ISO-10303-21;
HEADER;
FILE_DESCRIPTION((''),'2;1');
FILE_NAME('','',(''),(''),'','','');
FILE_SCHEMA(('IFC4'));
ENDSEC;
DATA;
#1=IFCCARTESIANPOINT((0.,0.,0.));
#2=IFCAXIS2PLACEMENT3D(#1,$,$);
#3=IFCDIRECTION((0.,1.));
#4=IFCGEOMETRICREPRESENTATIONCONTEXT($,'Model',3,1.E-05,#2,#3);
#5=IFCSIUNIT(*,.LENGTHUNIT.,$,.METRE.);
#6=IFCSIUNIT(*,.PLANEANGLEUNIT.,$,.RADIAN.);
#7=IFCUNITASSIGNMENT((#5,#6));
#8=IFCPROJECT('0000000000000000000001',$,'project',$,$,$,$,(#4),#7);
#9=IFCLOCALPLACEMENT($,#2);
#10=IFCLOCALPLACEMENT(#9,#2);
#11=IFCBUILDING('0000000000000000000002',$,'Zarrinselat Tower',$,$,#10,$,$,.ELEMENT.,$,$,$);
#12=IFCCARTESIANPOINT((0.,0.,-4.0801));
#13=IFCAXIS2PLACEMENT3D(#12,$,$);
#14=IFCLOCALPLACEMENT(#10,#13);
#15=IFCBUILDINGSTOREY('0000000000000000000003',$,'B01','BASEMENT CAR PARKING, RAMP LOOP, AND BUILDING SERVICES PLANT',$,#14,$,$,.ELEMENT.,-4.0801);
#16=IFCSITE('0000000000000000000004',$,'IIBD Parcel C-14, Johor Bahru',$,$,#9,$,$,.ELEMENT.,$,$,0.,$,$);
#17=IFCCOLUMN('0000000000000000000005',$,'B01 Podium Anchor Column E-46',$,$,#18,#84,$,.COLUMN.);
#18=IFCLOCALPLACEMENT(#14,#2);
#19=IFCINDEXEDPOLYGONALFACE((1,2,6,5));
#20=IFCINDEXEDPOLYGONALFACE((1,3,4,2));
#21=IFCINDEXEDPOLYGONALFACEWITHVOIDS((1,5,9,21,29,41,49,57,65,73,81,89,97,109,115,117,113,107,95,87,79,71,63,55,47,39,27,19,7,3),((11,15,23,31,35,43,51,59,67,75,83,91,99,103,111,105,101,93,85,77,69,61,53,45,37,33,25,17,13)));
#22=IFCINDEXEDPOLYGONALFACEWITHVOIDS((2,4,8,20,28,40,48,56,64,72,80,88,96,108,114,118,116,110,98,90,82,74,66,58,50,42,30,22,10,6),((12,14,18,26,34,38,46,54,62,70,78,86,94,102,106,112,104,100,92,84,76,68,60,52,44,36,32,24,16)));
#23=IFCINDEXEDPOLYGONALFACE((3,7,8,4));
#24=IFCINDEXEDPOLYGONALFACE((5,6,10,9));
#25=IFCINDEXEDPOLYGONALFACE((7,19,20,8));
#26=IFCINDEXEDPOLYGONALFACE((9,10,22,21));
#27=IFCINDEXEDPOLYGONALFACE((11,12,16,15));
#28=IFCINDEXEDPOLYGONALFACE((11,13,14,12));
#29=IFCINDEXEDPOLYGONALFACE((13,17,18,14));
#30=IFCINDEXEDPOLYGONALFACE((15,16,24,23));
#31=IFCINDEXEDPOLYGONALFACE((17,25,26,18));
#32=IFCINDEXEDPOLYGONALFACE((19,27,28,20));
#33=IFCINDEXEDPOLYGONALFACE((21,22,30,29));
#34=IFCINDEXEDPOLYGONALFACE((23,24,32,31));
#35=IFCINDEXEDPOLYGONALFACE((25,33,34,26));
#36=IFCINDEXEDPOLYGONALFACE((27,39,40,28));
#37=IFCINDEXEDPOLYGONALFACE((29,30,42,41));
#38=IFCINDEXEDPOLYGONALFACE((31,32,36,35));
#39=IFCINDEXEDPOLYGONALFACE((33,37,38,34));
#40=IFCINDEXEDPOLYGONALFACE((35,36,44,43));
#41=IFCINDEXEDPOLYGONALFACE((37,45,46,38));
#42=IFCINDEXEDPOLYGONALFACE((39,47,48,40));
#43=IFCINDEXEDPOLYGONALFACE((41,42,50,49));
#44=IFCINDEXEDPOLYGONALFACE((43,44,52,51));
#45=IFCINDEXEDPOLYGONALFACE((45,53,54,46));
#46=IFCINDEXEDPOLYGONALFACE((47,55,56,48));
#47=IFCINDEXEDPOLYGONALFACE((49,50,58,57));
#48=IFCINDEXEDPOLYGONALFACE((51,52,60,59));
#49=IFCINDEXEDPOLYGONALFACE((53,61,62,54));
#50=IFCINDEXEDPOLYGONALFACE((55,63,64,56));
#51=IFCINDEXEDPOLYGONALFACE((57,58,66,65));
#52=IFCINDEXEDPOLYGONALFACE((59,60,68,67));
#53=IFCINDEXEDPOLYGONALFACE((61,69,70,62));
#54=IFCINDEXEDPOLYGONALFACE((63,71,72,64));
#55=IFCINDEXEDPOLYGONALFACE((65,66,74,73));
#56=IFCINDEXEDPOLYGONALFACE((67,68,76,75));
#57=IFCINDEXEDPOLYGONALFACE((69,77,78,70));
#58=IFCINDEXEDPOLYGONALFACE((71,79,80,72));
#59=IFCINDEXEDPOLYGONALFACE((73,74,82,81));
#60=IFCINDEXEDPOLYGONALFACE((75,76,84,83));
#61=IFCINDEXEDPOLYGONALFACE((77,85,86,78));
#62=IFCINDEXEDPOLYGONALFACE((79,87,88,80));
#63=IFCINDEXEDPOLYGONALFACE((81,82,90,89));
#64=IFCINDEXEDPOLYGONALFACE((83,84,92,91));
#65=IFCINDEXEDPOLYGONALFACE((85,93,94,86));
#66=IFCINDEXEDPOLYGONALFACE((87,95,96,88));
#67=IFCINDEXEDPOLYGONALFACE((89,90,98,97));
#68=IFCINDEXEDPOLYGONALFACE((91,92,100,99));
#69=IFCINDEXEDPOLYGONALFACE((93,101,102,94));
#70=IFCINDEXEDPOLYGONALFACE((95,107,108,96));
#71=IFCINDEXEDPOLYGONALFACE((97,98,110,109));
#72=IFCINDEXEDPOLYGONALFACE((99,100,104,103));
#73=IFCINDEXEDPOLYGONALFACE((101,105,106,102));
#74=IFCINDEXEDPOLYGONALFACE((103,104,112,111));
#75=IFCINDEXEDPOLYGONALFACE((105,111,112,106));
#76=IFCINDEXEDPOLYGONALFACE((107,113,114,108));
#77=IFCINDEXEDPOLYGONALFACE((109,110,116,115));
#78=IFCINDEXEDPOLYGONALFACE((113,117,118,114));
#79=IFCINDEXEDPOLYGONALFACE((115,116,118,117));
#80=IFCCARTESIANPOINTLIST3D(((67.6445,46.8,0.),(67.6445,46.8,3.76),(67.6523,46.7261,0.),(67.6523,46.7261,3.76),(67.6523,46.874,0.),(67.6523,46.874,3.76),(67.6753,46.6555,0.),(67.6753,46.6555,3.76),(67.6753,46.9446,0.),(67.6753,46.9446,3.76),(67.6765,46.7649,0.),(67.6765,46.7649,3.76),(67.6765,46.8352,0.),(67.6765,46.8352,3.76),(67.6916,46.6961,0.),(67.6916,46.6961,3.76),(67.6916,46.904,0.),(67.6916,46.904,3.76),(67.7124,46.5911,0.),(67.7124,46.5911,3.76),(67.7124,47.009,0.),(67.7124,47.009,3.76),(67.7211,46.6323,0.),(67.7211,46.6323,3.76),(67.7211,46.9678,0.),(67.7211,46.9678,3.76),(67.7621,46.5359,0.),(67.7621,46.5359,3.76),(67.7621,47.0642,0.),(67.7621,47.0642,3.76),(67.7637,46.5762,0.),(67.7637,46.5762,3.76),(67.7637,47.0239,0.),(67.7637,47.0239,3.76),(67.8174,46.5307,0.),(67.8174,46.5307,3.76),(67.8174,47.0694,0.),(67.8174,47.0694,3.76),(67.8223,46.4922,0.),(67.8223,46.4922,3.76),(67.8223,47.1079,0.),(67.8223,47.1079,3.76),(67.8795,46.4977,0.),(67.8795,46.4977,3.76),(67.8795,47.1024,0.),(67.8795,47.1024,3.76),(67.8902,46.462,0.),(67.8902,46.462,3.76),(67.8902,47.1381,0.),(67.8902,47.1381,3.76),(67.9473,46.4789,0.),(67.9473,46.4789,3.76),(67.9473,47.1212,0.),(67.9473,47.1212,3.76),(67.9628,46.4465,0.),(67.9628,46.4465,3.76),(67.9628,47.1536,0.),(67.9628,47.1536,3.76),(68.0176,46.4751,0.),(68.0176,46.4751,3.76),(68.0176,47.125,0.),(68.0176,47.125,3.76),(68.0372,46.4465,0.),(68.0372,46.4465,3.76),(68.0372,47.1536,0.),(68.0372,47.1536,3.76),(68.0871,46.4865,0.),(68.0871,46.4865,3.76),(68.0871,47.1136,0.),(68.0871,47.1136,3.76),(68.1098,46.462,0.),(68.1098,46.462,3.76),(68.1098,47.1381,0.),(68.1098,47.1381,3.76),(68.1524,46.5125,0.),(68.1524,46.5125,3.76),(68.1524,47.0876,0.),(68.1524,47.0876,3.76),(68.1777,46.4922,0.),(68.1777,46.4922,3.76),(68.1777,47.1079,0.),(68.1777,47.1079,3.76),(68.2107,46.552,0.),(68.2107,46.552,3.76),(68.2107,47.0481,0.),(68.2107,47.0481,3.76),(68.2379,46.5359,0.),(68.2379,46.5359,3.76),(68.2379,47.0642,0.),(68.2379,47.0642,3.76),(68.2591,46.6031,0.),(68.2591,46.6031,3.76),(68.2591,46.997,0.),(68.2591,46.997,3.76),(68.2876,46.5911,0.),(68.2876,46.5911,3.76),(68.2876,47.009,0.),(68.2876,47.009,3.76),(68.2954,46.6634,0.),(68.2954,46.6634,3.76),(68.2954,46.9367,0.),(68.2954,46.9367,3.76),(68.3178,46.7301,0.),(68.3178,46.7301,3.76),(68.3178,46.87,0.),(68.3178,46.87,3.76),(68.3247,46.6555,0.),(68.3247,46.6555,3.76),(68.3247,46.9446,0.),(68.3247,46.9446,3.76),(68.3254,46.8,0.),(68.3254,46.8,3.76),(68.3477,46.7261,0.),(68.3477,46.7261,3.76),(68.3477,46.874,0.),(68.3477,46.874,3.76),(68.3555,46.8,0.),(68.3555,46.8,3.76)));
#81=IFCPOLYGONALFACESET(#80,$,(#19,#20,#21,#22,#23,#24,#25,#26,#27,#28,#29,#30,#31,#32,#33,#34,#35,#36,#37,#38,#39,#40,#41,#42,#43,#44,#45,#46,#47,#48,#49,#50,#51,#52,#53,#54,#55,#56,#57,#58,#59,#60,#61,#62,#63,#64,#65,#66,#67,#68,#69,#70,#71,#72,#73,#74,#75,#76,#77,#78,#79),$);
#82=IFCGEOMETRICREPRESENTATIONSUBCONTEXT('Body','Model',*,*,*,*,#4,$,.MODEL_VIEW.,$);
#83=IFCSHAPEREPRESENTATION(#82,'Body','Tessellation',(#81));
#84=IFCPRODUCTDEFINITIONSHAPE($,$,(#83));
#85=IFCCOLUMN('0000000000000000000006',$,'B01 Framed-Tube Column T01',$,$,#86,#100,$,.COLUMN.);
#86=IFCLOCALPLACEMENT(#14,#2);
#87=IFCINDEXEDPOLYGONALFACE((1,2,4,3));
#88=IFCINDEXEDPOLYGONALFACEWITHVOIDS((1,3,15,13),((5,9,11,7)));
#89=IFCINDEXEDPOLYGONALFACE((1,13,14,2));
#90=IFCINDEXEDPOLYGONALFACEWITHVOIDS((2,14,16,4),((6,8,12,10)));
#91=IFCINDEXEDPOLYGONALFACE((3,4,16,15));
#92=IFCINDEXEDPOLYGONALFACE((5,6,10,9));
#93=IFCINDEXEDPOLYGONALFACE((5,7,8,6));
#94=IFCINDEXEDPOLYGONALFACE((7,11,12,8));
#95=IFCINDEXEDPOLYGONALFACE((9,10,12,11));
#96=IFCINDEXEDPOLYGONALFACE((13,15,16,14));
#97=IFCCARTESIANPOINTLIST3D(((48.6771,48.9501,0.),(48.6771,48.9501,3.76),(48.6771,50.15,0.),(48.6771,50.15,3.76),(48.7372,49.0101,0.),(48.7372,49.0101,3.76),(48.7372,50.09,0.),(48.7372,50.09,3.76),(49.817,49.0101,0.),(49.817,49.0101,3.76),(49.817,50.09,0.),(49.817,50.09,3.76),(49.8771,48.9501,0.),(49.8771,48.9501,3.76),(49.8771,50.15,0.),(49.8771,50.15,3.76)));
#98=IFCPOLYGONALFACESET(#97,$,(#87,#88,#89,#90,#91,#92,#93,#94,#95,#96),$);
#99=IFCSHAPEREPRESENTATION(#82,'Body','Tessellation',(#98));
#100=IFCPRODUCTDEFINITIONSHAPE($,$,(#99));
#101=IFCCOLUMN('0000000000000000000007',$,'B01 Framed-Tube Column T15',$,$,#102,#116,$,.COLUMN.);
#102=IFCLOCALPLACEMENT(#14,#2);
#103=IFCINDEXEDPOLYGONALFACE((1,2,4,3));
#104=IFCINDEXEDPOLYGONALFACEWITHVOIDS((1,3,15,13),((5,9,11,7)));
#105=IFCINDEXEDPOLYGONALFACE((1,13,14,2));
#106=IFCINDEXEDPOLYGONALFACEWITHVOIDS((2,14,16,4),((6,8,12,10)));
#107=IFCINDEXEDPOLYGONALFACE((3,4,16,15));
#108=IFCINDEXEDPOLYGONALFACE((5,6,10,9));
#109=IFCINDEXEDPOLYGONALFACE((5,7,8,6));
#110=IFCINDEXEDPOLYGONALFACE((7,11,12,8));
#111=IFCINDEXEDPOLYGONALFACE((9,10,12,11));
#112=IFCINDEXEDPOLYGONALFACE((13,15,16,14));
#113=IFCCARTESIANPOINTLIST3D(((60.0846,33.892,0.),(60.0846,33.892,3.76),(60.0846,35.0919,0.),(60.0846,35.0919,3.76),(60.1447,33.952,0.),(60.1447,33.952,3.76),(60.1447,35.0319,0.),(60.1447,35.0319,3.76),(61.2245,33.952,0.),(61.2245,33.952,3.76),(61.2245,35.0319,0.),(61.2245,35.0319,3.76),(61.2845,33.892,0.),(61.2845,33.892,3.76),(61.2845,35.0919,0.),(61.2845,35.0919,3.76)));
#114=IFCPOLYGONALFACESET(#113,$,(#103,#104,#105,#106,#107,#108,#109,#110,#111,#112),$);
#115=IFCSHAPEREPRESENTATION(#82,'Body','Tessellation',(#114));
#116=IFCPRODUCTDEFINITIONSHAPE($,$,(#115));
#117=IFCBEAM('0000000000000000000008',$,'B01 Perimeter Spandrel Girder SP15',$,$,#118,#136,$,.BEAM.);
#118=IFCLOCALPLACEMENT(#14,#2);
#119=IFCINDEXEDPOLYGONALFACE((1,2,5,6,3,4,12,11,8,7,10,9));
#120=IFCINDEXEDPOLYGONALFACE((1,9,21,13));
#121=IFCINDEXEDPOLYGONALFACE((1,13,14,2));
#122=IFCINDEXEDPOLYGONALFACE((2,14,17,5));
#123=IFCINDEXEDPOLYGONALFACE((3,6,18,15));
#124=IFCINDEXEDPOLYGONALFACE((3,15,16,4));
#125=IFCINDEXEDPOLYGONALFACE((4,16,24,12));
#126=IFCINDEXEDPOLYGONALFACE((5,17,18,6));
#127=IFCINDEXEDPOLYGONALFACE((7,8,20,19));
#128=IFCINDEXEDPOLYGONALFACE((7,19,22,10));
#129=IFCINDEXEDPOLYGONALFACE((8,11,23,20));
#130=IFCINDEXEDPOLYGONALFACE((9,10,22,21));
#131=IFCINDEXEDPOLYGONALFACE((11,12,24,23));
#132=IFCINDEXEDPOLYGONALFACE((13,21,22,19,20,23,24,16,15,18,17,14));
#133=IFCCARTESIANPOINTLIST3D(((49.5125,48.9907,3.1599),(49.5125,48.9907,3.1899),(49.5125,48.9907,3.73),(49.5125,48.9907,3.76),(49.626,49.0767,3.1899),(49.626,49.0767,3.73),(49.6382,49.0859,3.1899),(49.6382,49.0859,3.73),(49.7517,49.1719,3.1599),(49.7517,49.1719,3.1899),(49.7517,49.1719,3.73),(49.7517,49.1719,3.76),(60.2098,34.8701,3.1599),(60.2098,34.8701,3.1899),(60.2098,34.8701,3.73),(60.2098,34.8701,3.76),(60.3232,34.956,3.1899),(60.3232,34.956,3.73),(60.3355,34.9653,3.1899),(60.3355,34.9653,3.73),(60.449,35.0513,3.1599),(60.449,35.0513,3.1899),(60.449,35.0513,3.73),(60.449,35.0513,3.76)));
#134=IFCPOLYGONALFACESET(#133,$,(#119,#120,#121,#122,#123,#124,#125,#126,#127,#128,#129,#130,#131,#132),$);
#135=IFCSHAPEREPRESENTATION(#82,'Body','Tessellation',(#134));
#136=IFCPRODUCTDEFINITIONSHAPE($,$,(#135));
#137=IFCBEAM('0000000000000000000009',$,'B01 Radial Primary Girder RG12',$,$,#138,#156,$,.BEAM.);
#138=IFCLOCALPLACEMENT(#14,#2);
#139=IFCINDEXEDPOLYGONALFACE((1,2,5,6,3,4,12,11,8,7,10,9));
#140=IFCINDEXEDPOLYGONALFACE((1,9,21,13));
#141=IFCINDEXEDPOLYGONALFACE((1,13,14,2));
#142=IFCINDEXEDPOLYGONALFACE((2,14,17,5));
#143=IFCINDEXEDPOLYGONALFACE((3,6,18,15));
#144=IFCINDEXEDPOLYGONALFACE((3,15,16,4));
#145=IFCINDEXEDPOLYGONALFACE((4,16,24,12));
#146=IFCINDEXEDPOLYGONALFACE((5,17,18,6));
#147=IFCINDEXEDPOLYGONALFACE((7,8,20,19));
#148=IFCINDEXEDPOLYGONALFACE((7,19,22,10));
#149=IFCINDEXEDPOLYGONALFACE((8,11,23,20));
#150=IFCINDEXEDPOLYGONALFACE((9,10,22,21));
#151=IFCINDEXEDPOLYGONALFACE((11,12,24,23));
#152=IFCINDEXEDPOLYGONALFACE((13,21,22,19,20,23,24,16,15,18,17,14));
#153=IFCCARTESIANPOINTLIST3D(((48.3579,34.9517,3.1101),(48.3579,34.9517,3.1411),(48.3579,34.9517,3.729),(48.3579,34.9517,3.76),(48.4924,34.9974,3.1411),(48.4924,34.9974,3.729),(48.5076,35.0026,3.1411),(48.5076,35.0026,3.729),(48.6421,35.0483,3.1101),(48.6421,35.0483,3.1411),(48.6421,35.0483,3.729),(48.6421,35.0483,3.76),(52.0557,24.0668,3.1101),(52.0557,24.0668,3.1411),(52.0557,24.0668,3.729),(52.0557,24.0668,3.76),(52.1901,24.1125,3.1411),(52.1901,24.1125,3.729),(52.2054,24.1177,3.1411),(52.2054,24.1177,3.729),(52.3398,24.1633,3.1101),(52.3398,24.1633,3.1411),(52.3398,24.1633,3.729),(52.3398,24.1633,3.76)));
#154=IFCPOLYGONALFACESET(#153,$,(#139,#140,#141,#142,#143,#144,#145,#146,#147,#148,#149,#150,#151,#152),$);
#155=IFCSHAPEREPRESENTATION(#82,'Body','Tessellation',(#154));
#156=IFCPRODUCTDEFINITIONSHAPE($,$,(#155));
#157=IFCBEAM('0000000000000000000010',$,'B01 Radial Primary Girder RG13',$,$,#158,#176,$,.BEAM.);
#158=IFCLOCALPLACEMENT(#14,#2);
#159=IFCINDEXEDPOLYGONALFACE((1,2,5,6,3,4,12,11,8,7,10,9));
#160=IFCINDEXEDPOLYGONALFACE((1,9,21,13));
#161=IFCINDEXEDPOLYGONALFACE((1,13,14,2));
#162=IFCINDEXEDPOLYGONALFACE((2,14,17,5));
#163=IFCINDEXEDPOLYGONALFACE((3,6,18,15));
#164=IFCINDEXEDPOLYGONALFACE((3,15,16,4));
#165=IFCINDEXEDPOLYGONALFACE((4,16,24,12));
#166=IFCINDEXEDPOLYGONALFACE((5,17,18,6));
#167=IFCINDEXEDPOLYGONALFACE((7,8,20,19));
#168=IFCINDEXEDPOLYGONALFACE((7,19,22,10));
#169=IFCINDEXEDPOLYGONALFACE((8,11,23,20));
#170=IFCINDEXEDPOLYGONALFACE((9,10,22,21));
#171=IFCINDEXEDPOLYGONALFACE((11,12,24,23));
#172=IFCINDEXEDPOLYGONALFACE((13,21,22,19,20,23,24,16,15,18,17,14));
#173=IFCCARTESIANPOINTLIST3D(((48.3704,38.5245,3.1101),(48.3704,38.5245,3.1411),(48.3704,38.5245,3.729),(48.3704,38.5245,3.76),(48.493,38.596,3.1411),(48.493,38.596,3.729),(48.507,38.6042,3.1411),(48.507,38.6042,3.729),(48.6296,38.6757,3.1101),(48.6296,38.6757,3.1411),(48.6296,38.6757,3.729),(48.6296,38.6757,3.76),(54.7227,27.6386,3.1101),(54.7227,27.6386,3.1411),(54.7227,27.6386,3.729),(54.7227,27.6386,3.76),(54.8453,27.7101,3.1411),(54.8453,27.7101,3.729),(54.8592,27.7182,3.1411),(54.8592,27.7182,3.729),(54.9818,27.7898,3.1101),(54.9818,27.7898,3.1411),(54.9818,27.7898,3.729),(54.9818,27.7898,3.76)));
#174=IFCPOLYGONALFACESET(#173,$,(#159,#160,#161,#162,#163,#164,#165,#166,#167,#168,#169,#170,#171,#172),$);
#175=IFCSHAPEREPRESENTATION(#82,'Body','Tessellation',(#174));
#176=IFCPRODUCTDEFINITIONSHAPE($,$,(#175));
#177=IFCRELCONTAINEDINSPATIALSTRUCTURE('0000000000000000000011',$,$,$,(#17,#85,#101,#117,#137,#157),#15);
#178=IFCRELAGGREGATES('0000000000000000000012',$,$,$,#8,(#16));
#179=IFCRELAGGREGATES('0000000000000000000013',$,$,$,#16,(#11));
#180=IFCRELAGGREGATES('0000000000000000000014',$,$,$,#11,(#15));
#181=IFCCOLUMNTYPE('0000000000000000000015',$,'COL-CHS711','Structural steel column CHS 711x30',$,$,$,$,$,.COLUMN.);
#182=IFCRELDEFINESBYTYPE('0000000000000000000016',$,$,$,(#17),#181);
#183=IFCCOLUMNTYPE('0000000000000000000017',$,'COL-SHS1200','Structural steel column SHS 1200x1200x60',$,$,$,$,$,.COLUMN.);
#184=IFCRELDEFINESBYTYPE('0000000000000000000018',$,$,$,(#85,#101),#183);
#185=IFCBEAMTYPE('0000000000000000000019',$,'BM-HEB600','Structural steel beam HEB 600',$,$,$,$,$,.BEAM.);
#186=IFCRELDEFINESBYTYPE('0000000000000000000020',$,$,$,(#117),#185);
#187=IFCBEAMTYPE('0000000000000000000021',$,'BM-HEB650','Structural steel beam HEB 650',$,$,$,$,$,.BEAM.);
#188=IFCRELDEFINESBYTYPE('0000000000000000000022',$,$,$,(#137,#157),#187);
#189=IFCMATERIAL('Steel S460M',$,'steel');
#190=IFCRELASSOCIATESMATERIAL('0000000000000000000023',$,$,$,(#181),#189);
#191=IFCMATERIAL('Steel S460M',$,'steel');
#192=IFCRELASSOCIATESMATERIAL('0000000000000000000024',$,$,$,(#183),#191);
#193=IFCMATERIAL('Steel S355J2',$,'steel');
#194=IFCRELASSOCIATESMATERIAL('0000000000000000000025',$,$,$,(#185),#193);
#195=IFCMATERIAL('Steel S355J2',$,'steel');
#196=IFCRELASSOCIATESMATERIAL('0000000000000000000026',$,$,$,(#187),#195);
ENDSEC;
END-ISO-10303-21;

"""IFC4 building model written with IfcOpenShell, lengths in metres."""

from ifc_helpers import new_model, si_unit, direction, frame, origin, origin_2d, place, context, subcontext, project, spatial, hollow_rectangle, hollow_circle, i_section, extrude, material, material_profile, profile_set, type_object, element, save


model = new_model("IFC4")

# Units and contexts
model_context = context("Model", 3, precision=1e-05, world=origin(), true_north=direction((0.0, 1.0)))
body_context = subcontext(model_context, "Body", "Model", "MODEL_VIEW")
ifc_project = project(units=[si_unit("LENGTHUNIT", "METRE"), si_unit("PLANEANGLEUNIT", "RADIAN")], contexts=[model_context])

# Site, building, storey
site_placement = place(None, origin())
site = spatial("IfcSite", under=ifc_project, at=site_placement, Name="IIBD Parcel C-14, Johor Bahru", CompositionType="ELEMENT", RefElevation=0.0)
building_placement = place(site_placement, origin())
building = spatial("IfcBuilding", under=site, at=building_placement, Name="Zarrinselat Tower", CompositionType="ELEMENT")
storey_placement = place(building_placement, frame((0.0, 0.0, -4.0801)))
storey = spatial("IfcBuildingStorey", under=building, at=storey_placement, Name="B01", Description="BASEMENT CAR PARKING, RAMP LOOP, AND BUILDING SERVICES PLANT", CompositionType="ELEMENT", Elevation=-4.0801)

# Columns
ifc_material_1 = material(Name="Steel S460M", Category="steel")
ifc_material_profile_1 = material_profile(ifc_material_1, hollow_circle(Radius=0.3555, WallThickness=0.03, at=origin_2d()), Name="CHS 711x30")
ifc_profile_set_1 = profile_set([ifc_material_profile_1], Name="Steel S460M")
column_type_1 = type_object("IfcColumnType", Name="COL-CHS711", Description="Structural steel column CHS 711x30", PredefinedType="COLUMN", material=ifc_profile_set_1)
for number, where, z_axis, x_axis, name in (
    (1, (68.0, 46.8, 0.0), (0.0, 0.0, 1.0), (1.0, 0.0, 0.0), "B01 Podium Anchor Column E-46"),
):
    element("IfcColumn", number, at=place(storey_placement, frame(where, z_axis=z_axis, x_axis=x_axis)), inside=storey, type_object=column_type_1, Name=name, PredefinedType="COLUMN", context=body_context, shape_type="SweptSolid", body=[
        extrude(hollow_circle(Radius=0.3555, WallThickness=0.03, at=origin_2d()), origin(), (0.0, 0.0, 1.0), 3.76),
    ])
ifc_material_2 = material(Name="Steel S460M", Category="steel")
ifc_material_profile_2 = material_profile(ifc_material_2, hollow_rectangle(XDim=1.2, YDim=1.2, WallThickness=0.0601, at=origin_2d()), Name="SHS 1200x1200x60")
ifc_profile_set_2 = profile_set([ifc_material_profile_2], Name="Steel S460M")
column_type_2 = type_object("IfcColumnType", Name="COL-SHS1200", Description="Structural steel column SHS 1200x1200x60", PredefinedType="COLUMN", material=ifc_profile_set_2)
for number, where, z_axis, x_axis, name in (
    (2, (49.2771, 49.55, 0.0), (0.0, 0.0, 1.0), (1.0, 0.0, 0.0), "B01 Framed-Tube Column T01"),
    (3, (60.6846, 34.4919, 0.0), (0.0, 0.0, 1.0), (1.0, 0.0, 0.0), "B01 Framed-Tube Column T15"),
):
    element("IfcColumn", number, at=place(storey_placement, frame(where, z_axis=z_axis, x_axis=x_axis)), inside=storey, type_object=column_type_2, Name=name, PredefinedType="COLUMN", context=body_context, shape_type="SweptSolid", body=[
        extrude(hollow_rectangle(XDim=1.2, YDim=1.2, WallThickness=0.0601, at=origin_2d()), origin(), (0.0, 0.0, 1.0), 3.76),
    ])

# Beams
ifc_material_3 = material(Name="Steel S355J2", Category="steel")
ifc_material_profile_3 = material_profile(ifc_material_3, i_section(OverallWidth=0.3, OverallDepth=0.6001, WebThickness=0.0154, FlangeThickness=0.03, at=origin_2d()), Name="HEB 600")
ifc_profile_set_3 = profile_set([ifc_material_profile_3], Name="Steel S355J2")
beam_type_1 = type_object("IfcBeamType", Name="BM-HEB600", Description="Structural steel beam HEB 600", PredefinedType="BEAM", material=ifc_profile_set_3)
beam_1_placement = place(storey_placement, frame((49.6321, 49.0813, 3.46), z_axis=(0.603852, -0.797097, 0.0), x_axis=(0.797097, 0.603852, 0.0)))
element("IfcBeam", 4, at=beam_1_placement, inside=storey, type_object=beam_type_1, Name="B01 Perimeter Spandrel Girder SP15", PredefinedType="BEAM", context=body_context, shape_type="SweptSolid", body=[
    extrude(i_section(OverallWidth=0.3, OverallDepth=0.6001, WebThickness=0.0154, FlangeThickness=0.03, at=origin_2d()), origin(), (0.0, 0.0, 1.0), 17.7151),
])
ifc_material_4 = material(Name="Steel S355J2", Category="steel")
ifc_material_profile_4 = material_profile(ifc_material_4, i_section(OverallWidth=0.3, OverallDepth=0.6499, WebThickness=0.0161, FlangeThickness=0.031, at=origin_2d()), Name="HEB 650")
ifc_profile_set_4 = profile_set([ifc_material_profile_4], Name="Steel S355J2")
beam_type_2 = type_object("IfcBeamType", Name="BM-HEB650", Description="Structural steel beam HEB 650", PredefinedType="BEAM", material=ifc_profile_set_4)
beam_2_placement = place(storey_placement, frame((48.5, 35.0, 3.4351), z_axis=(0.321657, -0.946856, 0.0), x_axis=(0.946856, 0.321657, 0.0)))
element("IfcBeam", 5, at=beam_2_placement, inside=storey, type_object=beam_type_2, Name="B01 Radial Primary Girder RG12", PredefinedType="BEAM", context=body_context, shape_type="SweptSolid", body=[
    extrude(i_section(OverallWidth=0.3, OverallDepth=0.6499, WebThickness=0.0161, FlangeThickness=0.031, at=origin_2d()), origin(), (0.0, 0.0, 1.0), 11.4958),
])
beam_3_placement = place(storey_placement, frame((48.5, 38.6001, 3.4351), z_axis=(0.503997, -0.863705, 0.0), x_axis=(0.863705, 0.503997, 0.0)))
element("IfcBeam", 6, at=beam_3_placement, inside=storey, type_object=beam_type_2, Name="B01 Radial Primary Girder RG13", PredefinedType="BEAM", context=body_context, shape_type="SweptSolid", body=[
    extrude(i_section(OverallWidth=0.3, OverallDepth=0.6499, WebThickness=0.0161, FlangeThickness=0.031, at=origin_2d()), origin(), (0.0, 0.0, 1.0), 12.6038),
])

save(model, "model.ifc")
